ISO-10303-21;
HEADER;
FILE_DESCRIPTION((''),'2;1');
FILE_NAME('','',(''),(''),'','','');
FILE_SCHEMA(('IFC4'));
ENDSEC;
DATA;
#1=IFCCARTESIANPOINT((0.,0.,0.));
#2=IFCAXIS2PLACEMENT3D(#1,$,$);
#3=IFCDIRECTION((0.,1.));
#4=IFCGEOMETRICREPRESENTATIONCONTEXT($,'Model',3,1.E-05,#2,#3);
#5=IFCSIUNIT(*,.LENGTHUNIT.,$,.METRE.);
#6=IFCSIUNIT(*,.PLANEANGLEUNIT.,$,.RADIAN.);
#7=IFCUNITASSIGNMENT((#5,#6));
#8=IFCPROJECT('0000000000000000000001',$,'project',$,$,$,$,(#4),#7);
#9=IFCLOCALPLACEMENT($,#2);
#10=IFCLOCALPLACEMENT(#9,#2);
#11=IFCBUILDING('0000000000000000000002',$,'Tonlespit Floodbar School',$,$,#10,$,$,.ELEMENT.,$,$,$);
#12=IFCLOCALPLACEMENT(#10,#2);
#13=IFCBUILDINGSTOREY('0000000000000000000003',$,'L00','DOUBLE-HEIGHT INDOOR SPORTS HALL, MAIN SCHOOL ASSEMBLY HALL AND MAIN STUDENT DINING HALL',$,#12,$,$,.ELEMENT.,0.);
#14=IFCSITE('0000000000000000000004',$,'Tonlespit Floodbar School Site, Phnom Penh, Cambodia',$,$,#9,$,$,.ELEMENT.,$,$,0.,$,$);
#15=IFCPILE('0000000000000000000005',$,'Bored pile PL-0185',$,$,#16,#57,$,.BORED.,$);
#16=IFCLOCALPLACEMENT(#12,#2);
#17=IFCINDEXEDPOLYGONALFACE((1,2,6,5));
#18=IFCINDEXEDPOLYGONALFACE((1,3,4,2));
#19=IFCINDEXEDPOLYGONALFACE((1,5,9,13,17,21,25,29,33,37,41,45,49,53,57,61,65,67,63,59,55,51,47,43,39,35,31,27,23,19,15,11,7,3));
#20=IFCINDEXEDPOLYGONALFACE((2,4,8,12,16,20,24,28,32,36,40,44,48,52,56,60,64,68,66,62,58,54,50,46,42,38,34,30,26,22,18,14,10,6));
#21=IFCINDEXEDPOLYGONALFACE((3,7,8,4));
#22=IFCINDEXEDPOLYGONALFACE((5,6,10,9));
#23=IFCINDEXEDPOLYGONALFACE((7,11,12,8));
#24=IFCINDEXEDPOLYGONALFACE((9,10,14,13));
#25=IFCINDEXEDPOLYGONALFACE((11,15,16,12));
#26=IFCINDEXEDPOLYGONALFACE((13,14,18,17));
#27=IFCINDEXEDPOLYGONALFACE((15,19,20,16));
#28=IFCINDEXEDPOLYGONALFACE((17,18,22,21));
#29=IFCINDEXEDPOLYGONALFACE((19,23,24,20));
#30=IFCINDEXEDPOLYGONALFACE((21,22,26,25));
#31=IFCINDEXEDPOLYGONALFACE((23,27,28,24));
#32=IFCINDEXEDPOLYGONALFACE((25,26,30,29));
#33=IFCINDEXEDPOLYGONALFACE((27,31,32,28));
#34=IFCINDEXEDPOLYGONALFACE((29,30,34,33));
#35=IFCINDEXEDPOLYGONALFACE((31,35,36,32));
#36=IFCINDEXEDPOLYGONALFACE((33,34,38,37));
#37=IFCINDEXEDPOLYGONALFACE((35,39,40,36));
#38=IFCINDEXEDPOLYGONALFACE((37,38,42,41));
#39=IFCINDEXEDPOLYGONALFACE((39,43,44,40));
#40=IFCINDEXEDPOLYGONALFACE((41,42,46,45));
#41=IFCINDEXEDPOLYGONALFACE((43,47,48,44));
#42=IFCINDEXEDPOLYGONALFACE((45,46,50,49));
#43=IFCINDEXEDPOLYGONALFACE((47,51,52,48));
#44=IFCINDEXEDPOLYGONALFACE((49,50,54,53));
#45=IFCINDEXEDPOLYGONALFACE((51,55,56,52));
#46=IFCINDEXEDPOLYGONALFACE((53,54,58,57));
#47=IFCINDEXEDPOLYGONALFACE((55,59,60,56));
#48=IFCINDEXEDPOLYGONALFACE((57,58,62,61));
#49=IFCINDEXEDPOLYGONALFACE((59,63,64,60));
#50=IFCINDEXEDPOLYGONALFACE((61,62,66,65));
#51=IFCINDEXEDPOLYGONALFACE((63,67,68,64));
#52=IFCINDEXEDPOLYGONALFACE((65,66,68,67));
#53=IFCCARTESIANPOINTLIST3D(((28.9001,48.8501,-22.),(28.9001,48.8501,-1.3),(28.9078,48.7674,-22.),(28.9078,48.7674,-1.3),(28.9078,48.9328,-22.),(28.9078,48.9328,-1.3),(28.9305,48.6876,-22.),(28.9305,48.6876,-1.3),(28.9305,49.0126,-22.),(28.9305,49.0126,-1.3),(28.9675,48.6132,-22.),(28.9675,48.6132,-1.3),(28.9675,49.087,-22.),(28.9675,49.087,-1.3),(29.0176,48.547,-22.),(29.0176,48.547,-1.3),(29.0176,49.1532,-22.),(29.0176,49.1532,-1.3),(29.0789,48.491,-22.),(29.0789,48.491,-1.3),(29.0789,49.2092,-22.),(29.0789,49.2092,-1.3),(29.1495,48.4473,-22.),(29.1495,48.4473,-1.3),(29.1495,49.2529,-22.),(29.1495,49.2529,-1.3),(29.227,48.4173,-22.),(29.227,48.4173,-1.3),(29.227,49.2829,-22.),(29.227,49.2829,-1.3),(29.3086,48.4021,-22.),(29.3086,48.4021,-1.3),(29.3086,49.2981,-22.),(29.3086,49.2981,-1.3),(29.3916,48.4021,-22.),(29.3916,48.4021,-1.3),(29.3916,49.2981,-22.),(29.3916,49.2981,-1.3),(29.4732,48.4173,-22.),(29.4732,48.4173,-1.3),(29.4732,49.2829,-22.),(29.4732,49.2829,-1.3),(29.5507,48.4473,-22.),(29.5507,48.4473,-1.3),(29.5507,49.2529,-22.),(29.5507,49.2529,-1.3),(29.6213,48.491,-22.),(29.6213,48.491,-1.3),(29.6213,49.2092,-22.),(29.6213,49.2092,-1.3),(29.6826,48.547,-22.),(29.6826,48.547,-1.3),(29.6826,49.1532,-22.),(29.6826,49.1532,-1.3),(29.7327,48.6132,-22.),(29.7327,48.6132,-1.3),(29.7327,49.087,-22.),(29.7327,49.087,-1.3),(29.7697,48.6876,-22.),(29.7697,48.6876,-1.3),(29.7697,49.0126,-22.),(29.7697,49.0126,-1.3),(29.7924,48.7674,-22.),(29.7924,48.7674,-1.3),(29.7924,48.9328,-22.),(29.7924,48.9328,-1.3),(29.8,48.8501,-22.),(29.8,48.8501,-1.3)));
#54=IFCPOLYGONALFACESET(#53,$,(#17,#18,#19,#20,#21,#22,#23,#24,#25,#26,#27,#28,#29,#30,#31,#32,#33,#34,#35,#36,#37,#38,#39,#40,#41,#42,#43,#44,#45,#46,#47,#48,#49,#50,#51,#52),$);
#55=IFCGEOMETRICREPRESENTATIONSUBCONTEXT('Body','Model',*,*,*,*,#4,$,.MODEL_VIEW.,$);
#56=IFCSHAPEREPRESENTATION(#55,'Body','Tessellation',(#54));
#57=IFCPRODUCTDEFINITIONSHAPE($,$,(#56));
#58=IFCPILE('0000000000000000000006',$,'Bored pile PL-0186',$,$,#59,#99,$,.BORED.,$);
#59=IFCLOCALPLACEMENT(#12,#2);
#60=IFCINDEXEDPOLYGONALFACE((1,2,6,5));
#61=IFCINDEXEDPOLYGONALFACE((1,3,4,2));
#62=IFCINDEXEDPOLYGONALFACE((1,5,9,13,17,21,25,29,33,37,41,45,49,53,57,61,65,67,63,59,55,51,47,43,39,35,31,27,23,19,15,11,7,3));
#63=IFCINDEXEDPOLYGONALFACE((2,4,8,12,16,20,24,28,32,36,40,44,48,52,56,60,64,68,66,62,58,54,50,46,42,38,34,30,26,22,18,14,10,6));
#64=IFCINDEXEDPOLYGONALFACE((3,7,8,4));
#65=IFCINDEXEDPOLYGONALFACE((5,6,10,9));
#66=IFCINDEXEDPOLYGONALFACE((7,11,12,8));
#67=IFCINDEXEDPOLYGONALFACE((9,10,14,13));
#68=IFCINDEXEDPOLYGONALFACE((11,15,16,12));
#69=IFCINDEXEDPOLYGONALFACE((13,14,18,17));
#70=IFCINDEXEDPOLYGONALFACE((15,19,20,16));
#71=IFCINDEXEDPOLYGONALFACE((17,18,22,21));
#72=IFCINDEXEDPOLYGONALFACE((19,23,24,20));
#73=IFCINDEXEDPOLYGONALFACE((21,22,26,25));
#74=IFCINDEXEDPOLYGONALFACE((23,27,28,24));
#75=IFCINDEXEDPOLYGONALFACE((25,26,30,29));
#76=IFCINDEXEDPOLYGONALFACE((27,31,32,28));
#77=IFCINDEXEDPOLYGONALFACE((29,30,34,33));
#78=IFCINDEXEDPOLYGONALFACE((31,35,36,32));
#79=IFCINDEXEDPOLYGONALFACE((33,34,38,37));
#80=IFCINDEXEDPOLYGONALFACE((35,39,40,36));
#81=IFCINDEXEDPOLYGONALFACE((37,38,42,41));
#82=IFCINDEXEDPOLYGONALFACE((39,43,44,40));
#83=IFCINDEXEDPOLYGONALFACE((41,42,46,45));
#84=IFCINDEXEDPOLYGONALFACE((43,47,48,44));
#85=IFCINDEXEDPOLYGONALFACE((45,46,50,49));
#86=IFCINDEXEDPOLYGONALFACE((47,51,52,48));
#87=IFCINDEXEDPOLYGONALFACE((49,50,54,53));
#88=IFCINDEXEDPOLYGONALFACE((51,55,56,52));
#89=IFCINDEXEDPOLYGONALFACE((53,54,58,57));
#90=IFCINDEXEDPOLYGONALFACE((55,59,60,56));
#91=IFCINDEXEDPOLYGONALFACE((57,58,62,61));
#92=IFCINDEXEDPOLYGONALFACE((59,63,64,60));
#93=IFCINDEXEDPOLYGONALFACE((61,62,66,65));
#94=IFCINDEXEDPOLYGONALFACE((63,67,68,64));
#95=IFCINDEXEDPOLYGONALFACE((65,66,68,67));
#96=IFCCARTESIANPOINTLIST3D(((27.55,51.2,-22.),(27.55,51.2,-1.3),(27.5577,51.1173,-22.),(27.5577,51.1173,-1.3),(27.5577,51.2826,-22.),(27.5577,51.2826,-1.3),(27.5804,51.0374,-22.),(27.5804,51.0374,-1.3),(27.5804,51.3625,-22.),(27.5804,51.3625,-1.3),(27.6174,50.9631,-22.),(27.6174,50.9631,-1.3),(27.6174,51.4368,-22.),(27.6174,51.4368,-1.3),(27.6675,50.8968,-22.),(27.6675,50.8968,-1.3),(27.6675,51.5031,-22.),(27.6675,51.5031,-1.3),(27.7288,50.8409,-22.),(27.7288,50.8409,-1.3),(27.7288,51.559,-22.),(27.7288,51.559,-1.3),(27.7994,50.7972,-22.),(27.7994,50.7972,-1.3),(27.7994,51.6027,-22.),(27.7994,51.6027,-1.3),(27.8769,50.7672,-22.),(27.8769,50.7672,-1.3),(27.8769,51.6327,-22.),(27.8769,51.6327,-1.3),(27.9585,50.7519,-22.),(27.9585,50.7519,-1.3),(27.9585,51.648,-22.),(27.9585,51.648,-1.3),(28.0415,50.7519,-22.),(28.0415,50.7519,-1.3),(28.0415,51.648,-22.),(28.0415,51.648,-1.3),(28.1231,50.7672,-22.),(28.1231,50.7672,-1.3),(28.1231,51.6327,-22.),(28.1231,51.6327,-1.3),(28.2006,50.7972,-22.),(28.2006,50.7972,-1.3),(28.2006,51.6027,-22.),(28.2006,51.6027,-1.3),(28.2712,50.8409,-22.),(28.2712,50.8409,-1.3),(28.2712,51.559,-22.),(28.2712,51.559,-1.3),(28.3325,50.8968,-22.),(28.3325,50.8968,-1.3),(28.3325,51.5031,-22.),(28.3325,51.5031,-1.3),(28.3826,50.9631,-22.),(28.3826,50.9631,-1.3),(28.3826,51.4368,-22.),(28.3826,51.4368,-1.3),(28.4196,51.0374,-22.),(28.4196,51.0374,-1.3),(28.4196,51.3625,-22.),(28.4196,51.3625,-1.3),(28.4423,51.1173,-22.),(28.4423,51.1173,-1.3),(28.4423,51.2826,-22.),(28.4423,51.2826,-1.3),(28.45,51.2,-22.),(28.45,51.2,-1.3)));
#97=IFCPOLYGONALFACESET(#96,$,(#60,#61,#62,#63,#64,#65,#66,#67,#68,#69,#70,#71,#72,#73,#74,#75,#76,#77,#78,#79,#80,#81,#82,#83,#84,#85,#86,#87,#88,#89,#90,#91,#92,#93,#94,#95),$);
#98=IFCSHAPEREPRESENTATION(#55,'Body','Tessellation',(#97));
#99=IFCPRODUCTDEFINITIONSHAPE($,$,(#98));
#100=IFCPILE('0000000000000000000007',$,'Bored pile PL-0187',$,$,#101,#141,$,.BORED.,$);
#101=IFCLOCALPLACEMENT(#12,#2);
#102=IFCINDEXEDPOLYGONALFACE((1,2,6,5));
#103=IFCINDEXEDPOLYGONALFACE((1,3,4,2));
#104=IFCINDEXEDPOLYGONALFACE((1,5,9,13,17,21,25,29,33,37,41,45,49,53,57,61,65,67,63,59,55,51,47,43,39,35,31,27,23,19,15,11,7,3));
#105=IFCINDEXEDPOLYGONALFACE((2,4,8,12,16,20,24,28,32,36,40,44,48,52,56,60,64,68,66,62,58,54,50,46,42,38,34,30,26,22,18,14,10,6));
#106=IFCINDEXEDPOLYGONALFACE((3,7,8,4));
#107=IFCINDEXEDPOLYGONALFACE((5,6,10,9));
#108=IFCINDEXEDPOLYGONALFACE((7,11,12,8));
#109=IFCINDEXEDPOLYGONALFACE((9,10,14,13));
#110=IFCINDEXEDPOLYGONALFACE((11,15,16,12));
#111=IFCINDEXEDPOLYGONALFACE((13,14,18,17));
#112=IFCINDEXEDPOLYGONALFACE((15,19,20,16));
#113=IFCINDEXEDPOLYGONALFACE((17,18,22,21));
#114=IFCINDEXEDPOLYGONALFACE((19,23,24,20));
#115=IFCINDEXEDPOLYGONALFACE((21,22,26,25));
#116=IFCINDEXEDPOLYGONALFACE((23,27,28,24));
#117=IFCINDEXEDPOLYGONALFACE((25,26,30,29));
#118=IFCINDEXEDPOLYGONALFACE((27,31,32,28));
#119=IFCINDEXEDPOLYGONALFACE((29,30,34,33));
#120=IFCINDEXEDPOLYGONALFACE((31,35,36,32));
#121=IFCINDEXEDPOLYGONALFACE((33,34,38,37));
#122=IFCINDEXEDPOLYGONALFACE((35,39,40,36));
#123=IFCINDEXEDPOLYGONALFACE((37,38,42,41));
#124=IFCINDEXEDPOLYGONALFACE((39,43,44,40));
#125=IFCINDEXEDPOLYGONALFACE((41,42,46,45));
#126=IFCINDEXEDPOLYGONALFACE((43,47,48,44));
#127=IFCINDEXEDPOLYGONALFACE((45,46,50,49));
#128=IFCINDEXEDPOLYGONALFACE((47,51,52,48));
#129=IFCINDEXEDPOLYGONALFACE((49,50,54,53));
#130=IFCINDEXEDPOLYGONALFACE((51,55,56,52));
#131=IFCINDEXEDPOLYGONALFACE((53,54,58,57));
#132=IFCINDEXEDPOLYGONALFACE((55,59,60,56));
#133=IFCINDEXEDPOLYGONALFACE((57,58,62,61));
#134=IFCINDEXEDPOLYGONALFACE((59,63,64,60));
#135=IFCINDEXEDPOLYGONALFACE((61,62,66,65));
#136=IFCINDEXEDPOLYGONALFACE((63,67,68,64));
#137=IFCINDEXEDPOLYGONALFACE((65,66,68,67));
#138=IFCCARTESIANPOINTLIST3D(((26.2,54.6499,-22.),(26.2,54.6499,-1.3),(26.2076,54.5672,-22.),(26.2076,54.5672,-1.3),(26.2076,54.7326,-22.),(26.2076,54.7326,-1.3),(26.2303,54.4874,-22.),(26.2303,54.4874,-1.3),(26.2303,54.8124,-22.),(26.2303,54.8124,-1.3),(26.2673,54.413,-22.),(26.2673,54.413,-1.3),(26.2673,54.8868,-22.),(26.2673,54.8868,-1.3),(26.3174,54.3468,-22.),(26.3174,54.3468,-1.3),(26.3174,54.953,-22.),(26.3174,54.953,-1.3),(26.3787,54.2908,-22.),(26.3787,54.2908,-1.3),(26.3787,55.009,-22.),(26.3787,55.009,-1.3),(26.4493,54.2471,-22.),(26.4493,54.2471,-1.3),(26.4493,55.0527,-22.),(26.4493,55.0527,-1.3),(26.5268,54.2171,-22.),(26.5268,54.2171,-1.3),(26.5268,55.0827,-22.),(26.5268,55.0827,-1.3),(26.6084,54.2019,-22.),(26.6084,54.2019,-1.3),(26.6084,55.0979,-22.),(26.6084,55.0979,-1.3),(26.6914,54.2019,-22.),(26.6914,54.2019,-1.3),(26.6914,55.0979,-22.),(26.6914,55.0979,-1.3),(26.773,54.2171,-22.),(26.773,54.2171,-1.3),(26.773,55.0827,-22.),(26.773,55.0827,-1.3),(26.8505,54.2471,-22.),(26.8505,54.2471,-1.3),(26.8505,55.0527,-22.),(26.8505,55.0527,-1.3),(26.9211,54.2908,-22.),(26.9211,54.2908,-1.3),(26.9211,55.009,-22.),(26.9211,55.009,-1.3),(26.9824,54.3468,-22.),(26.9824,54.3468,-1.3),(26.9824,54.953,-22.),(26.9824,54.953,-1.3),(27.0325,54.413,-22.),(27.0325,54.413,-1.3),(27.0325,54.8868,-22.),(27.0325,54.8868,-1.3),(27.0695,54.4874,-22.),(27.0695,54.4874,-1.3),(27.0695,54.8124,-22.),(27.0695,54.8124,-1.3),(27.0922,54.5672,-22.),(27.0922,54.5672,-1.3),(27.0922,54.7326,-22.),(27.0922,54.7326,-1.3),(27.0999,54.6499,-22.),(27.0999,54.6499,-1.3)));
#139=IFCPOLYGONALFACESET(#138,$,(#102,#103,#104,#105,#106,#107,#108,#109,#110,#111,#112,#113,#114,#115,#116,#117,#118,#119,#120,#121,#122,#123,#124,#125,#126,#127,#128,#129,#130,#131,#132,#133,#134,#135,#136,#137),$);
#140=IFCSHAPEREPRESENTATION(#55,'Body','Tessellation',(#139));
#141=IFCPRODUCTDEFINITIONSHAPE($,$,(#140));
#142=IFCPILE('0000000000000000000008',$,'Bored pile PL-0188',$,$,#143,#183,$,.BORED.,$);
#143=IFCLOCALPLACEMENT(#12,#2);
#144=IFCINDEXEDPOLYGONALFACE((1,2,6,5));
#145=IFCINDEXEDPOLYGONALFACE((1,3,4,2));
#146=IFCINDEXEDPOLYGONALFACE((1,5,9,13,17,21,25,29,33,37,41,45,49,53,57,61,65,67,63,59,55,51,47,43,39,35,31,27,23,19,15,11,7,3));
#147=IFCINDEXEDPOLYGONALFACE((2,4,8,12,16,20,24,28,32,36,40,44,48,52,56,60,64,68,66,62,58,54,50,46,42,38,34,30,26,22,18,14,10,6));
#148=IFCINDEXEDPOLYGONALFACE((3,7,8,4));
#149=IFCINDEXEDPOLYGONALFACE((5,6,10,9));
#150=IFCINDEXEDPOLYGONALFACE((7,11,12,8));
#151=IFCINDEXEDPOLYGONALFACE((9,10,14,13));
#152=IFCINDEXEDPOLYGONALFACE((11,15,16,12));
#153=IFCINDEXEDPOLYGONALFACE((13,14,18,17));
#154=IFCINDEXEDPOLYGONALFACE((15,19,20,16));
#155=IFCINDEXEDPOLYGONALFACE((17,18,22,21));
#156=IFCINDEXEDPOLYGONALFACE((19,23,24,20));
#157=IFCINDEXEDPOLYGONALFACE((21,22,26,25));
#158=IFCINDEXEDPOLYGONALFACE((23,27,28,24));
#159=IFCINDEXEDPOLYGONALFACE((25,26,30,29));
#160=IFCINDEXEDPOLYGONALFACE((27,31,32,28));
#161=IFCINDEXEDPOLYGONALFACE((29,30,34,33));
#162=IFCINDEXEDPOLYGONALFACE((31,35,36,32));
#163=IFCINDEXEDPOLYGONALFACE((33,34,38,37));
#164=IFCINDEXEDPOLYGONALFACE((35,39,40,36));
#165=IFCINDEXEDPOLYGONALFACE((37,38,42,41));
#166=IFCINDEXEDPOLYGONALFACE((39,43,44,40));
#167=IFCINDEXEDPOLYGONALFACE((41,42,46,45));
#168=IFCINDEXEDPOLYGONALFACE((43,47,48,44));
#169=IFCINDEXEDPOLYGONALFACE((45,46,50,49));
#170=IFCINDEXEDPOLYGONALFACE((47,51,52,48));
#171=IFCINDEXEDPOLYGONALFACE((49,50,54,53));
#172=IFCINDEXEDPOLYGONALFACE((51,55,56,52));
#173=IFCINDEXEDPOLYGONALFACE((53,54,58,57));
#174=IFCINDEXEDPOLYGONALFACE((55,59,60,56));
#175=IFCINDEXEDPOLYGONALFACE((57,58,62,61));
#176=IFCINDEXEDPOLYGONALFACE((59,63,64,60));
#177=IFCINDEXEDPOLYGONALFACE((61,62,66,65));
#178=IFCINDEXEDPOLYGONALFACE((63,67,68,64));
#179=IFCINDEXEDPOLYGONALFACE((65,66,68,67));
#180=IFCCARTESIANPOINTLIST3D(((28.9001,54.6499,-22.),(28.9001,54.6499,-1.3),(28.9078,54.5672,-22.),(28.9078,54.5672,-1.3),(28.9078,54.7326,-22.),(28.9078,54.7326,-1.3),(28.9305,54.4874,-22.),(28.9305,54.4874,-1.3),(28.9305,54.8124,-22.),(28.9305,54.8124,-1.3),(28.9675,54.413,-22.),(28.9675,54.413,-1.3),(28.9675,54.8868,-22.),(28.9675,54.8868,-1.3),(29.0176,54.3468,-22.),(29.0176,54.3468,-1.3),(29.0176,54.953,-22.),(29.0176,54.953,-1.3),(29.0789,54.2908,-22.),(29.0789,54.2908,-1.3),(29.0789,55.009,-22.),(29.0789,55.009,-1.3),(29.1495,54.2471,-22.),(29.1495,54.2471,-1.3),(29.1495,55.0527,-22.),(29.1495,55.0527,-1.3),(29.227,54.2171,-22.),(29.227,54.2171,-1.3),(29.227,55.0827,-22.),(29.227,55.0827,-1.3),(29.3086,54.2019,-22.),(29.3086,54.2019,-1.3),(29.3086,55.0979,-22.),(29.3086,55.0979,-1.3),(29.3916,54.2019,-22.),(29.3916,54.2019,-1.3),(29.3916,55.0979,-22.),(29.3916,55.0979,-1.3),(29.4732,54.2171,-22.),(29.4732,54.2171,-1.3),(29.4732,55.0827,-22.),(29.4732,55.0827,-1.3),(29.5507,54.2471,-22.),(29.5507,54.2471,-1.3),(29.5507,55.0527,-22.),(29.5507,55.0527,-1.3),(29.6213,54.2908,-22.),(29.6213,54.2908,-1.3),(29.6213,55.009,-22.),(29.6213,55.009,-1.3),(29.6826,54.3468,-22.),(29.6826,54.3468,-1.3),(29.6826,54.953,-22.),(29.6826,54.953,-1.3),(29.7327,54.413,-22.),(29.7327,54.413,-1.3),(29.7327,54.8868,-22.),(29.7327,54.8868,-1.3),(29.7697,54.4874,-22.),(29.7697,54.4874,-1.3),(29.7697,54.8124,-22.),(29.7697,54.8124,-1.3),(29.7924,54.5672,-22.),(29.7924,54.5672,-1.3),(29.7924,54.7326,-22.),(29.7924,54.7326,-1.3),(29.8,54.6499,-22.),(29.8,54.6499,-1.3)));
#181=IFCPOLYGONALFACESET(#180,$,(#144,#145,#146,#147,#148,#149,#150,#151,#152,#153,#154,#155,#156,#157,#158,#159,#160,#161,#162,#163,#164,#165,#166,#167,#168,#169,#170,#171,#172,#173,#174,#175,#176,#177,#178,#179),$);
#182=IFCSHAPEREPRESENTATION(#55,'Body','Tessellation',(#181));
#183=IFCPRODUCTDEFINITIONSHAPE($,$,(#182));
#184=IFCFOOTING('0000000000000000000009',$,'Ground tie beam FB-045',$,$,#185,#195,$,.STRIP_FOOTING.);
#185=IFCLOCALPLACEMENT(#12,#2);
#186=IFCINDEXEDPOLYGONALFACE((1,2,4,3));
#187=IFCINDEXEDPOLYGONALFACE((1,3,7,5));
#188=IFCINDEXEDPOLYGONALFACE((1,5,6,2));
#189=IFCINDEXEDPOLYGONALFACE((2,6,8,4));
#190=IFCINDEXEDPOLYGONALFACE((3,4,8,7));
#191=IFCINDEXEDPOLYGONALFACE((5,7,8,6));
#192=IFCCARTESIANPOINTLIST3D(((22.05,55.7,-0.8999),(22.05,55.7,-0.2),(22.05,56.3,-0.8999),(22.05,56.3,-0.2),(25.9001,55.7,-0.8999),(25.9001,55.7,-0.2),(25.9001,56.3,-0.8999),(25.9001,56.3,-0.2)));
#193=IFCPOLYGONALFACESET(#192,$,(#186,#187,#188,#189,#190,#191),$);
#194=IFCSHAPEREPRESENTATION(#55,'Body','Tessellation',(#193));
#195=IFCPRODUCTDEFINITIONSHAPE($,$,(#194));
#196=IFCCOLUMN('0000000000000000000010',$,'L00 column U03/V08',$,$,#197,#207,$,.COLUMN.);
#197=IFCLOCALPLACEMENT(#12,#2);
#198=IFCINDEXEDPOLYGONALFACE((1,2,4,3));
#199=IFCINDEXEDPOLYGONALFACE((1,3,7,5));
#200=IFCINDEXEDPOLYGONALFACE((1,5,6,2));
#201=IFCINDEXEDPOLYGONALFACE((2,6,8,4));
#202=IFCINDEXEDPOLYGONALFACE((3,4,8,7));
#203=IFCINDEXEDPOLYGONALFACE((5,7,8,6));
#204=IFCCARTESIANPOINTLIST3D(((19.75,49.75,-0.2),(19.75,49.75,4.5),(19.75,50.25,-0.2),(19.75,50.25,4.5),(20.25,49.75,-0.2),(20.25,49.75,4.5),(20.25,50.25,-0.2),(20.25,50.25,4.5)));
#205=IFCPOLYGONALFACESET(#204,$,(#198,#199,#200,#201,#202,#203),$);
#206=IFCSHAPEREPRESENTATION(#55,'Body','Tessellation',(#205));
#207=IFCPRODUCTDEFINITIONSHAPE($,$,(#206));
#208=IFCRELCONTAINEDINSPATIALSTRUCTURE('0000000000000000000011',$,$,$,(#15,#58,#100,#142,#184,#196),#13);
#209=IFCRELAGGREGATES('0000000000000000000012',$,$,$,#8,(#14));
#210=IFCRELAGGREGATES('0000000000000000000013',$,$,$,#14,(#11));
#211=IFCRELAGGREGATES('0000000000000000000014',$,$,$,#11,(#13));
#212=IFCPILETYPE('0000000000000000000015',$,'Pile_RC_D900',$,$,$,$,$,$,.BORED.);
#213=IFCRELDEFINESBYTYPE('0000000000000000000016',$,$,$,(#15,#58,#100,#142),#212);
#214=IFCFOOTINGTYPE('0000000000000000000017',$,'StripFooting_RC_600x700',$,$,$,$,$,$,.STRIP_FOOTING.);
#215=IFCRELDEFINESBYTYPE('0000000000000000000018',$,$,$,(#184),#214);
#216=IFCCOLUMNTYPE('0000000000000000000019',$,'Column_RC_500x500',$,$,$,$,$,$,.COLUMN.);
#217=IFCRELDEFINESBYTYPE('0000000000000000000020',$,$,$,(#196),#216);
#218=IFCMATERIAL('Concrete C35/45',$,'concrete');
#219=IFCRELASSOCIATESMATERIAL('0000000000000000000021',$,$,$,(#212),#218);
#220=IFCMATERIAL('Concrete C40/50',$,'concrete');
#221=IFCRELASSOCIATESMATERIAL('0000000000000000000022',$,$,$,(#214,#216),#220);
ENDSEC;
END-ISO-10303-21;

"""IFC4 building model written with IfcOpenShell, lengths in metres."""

from ifc_helpers import new_model, si_unit, direction, frame, origin, origin_2d, place, context, subcontext, project, spatial, rectangle, circle, extrude, material, material_profile, profile_set, type_object, element, save


model = new_model("IFC4")

# Units and contexts
model_context = context("Model", 3, precision=1e-05, world=origin(), true_north=direction((0.0, 1.0)))
body_context = subcontext(model_context, "Body", "Model", "MODEL_VIEW")
ifc_project = project(units=[si_unit("LENGTHUNIT", "METRE"), si_unit("PLANEANGLEUNIT", "RADIAN")], contexts=[model_context])

# Site, building, storey
site_placement = place(None, origin())
site = spatial("IfcSite", under=ifc_project, at=site_placement, Name="Tonlespit Floodbar School Site, Phnom Penh, Cambodia", CompositionType="ELEMENT", RefElevation=0.0)
building_placement = place(site_placement, origin())
building = spatial("IfcBuilding", under=site, at=building_placement, Name="Tonlespit Floodbar School", CompositionType="ELEMENT")
storey_placement = place(building_placement, origin())
storey = spatial("IfcBuildingStorey", under=building, at=storey_placement, Name="L00", Description="DOUBLE-HEIGHT INDOOR SPORTS HALL, MAIN SCHOOL ASSEMBLY HALL AND MAIN STUDENT DINING HALL", CompositionType="ELEMENT", Elevation=0.0)

# Shared definitions
ifc_material_1 = material(Name="Concrete C40/50", Category="concrete")

# Piles
ifc_material_2 = material(Name="Concrete C35/45", Category="concrete")
ifc_material_profile_1 = material_profile(ifc_material_2, circle(Radius=0.45, at=origin_2d()), Name="BP D900")
ifc_profile_set_1 = profile_set([ifc_material_profile_1], Name="Concrete C35/45")
pile_type = type_object("IfcPileType", Name="Pile_RC_D900", PredefinedType="BORED", material=ifc_profile_set_1)
for number, where, z_axis, x_axis, name in (
    (1, (29.3501, 48.8501, -1.3), (0.0, 0.0, -1.0), (1.0, 0.0, 0.0), "Bored pile PL-0185"),
    (2, (28.0, 51.2, -1.3), (0.0, 0.0, -1.0), (1.0, 0.0, 0.0), "Bored pile PL-0186"),
    (3, (26.6499, 54.6499, -1.3), (0.0, 0.0, -1.0), (1.0, 0.0, 0.0), "Bored pile PL-0187"),
    (4, (29.3501, 54.6499, -1.3), (0.0, 0.0, -1.0), (1.0, 0.0, 0.0), "Bored pile PL-0188"),
):
    element("IfcPile", number, at=place(storey_placement, frame(where, z_axis=z_axis, x_axis=x_axis)), inside=storey, type_object=pile_type, Name=name, PredefinedType="BORED", context=body_context, shape_type="SweptSolid", body=[
        extrude(circle(Radius=0.45, at=origin_2d()), origin(), (0.0, 0.0, 1.0), 20.7),
    ])

# Footing
footing_type_1 = type_object("IfcFootingType", Name="StripFooting_RC_600x700", PredefinedType="STRIP_FOOTING", material=ifc_material_1)
footing_1_placement = place(storey_placement, frame((23.9751, 56.0, -0.8999), z_axis=(0.0, 0.0, 1.0), x_axis=(1.0, 0.0, 0.0)))
element("IfcFooting", 5, at=footing_1_placement, inside=storey, type_object=footing_type_1, Name="Ground tie beam FB-045", PredefinedType="STRIP_FOOTING", context=body_context, shape_type="SweptSolid", body=[
    extrude(rectangle(XDim=3.8501, YDim=0.6001, at=origin_2d()), origin(), (0.0, 0.0, 1.0), 0.7),
])

# Column
ifc_material_profile_2 = material_profile(ifc_material_1, rectangle(XDim=0.5, YDim=0.5, at=origin_2d()), Name="RC 500x500")
ifc_profile_set_2 = profile_set([ifc_material_profile_2], Name="Concrete C40/50")
column_type = type_object("IfcColumnType", Name="Column_RC_500x500", PredefinedType="COLUMN", material=ifc_profile_set_2)
for number, where, z_axis, x_axis, name in (
    (6, (20.0, 50.0, -0.2), (0.0, 0.0, 1.0), (1.0, 0.0, 0.0), "L00 column U03/V08"),
):
    element("IfcColumn", number, at=place(storey_placement, frame(where, z_axis=z_axis, x_axis=x_axis)), inside=storey, type_object=column_type, Name=name, PredefinedType="COLUMN", context=body_context, shape_type="SweptSolid", body=[
        extrude(rectangle(XDim=0.5, YDim=0.5, at=origin_2d()), origin(), (0.0, 0.0, 1.0), 4.7),
    ])

save(model, "model.ifc")
